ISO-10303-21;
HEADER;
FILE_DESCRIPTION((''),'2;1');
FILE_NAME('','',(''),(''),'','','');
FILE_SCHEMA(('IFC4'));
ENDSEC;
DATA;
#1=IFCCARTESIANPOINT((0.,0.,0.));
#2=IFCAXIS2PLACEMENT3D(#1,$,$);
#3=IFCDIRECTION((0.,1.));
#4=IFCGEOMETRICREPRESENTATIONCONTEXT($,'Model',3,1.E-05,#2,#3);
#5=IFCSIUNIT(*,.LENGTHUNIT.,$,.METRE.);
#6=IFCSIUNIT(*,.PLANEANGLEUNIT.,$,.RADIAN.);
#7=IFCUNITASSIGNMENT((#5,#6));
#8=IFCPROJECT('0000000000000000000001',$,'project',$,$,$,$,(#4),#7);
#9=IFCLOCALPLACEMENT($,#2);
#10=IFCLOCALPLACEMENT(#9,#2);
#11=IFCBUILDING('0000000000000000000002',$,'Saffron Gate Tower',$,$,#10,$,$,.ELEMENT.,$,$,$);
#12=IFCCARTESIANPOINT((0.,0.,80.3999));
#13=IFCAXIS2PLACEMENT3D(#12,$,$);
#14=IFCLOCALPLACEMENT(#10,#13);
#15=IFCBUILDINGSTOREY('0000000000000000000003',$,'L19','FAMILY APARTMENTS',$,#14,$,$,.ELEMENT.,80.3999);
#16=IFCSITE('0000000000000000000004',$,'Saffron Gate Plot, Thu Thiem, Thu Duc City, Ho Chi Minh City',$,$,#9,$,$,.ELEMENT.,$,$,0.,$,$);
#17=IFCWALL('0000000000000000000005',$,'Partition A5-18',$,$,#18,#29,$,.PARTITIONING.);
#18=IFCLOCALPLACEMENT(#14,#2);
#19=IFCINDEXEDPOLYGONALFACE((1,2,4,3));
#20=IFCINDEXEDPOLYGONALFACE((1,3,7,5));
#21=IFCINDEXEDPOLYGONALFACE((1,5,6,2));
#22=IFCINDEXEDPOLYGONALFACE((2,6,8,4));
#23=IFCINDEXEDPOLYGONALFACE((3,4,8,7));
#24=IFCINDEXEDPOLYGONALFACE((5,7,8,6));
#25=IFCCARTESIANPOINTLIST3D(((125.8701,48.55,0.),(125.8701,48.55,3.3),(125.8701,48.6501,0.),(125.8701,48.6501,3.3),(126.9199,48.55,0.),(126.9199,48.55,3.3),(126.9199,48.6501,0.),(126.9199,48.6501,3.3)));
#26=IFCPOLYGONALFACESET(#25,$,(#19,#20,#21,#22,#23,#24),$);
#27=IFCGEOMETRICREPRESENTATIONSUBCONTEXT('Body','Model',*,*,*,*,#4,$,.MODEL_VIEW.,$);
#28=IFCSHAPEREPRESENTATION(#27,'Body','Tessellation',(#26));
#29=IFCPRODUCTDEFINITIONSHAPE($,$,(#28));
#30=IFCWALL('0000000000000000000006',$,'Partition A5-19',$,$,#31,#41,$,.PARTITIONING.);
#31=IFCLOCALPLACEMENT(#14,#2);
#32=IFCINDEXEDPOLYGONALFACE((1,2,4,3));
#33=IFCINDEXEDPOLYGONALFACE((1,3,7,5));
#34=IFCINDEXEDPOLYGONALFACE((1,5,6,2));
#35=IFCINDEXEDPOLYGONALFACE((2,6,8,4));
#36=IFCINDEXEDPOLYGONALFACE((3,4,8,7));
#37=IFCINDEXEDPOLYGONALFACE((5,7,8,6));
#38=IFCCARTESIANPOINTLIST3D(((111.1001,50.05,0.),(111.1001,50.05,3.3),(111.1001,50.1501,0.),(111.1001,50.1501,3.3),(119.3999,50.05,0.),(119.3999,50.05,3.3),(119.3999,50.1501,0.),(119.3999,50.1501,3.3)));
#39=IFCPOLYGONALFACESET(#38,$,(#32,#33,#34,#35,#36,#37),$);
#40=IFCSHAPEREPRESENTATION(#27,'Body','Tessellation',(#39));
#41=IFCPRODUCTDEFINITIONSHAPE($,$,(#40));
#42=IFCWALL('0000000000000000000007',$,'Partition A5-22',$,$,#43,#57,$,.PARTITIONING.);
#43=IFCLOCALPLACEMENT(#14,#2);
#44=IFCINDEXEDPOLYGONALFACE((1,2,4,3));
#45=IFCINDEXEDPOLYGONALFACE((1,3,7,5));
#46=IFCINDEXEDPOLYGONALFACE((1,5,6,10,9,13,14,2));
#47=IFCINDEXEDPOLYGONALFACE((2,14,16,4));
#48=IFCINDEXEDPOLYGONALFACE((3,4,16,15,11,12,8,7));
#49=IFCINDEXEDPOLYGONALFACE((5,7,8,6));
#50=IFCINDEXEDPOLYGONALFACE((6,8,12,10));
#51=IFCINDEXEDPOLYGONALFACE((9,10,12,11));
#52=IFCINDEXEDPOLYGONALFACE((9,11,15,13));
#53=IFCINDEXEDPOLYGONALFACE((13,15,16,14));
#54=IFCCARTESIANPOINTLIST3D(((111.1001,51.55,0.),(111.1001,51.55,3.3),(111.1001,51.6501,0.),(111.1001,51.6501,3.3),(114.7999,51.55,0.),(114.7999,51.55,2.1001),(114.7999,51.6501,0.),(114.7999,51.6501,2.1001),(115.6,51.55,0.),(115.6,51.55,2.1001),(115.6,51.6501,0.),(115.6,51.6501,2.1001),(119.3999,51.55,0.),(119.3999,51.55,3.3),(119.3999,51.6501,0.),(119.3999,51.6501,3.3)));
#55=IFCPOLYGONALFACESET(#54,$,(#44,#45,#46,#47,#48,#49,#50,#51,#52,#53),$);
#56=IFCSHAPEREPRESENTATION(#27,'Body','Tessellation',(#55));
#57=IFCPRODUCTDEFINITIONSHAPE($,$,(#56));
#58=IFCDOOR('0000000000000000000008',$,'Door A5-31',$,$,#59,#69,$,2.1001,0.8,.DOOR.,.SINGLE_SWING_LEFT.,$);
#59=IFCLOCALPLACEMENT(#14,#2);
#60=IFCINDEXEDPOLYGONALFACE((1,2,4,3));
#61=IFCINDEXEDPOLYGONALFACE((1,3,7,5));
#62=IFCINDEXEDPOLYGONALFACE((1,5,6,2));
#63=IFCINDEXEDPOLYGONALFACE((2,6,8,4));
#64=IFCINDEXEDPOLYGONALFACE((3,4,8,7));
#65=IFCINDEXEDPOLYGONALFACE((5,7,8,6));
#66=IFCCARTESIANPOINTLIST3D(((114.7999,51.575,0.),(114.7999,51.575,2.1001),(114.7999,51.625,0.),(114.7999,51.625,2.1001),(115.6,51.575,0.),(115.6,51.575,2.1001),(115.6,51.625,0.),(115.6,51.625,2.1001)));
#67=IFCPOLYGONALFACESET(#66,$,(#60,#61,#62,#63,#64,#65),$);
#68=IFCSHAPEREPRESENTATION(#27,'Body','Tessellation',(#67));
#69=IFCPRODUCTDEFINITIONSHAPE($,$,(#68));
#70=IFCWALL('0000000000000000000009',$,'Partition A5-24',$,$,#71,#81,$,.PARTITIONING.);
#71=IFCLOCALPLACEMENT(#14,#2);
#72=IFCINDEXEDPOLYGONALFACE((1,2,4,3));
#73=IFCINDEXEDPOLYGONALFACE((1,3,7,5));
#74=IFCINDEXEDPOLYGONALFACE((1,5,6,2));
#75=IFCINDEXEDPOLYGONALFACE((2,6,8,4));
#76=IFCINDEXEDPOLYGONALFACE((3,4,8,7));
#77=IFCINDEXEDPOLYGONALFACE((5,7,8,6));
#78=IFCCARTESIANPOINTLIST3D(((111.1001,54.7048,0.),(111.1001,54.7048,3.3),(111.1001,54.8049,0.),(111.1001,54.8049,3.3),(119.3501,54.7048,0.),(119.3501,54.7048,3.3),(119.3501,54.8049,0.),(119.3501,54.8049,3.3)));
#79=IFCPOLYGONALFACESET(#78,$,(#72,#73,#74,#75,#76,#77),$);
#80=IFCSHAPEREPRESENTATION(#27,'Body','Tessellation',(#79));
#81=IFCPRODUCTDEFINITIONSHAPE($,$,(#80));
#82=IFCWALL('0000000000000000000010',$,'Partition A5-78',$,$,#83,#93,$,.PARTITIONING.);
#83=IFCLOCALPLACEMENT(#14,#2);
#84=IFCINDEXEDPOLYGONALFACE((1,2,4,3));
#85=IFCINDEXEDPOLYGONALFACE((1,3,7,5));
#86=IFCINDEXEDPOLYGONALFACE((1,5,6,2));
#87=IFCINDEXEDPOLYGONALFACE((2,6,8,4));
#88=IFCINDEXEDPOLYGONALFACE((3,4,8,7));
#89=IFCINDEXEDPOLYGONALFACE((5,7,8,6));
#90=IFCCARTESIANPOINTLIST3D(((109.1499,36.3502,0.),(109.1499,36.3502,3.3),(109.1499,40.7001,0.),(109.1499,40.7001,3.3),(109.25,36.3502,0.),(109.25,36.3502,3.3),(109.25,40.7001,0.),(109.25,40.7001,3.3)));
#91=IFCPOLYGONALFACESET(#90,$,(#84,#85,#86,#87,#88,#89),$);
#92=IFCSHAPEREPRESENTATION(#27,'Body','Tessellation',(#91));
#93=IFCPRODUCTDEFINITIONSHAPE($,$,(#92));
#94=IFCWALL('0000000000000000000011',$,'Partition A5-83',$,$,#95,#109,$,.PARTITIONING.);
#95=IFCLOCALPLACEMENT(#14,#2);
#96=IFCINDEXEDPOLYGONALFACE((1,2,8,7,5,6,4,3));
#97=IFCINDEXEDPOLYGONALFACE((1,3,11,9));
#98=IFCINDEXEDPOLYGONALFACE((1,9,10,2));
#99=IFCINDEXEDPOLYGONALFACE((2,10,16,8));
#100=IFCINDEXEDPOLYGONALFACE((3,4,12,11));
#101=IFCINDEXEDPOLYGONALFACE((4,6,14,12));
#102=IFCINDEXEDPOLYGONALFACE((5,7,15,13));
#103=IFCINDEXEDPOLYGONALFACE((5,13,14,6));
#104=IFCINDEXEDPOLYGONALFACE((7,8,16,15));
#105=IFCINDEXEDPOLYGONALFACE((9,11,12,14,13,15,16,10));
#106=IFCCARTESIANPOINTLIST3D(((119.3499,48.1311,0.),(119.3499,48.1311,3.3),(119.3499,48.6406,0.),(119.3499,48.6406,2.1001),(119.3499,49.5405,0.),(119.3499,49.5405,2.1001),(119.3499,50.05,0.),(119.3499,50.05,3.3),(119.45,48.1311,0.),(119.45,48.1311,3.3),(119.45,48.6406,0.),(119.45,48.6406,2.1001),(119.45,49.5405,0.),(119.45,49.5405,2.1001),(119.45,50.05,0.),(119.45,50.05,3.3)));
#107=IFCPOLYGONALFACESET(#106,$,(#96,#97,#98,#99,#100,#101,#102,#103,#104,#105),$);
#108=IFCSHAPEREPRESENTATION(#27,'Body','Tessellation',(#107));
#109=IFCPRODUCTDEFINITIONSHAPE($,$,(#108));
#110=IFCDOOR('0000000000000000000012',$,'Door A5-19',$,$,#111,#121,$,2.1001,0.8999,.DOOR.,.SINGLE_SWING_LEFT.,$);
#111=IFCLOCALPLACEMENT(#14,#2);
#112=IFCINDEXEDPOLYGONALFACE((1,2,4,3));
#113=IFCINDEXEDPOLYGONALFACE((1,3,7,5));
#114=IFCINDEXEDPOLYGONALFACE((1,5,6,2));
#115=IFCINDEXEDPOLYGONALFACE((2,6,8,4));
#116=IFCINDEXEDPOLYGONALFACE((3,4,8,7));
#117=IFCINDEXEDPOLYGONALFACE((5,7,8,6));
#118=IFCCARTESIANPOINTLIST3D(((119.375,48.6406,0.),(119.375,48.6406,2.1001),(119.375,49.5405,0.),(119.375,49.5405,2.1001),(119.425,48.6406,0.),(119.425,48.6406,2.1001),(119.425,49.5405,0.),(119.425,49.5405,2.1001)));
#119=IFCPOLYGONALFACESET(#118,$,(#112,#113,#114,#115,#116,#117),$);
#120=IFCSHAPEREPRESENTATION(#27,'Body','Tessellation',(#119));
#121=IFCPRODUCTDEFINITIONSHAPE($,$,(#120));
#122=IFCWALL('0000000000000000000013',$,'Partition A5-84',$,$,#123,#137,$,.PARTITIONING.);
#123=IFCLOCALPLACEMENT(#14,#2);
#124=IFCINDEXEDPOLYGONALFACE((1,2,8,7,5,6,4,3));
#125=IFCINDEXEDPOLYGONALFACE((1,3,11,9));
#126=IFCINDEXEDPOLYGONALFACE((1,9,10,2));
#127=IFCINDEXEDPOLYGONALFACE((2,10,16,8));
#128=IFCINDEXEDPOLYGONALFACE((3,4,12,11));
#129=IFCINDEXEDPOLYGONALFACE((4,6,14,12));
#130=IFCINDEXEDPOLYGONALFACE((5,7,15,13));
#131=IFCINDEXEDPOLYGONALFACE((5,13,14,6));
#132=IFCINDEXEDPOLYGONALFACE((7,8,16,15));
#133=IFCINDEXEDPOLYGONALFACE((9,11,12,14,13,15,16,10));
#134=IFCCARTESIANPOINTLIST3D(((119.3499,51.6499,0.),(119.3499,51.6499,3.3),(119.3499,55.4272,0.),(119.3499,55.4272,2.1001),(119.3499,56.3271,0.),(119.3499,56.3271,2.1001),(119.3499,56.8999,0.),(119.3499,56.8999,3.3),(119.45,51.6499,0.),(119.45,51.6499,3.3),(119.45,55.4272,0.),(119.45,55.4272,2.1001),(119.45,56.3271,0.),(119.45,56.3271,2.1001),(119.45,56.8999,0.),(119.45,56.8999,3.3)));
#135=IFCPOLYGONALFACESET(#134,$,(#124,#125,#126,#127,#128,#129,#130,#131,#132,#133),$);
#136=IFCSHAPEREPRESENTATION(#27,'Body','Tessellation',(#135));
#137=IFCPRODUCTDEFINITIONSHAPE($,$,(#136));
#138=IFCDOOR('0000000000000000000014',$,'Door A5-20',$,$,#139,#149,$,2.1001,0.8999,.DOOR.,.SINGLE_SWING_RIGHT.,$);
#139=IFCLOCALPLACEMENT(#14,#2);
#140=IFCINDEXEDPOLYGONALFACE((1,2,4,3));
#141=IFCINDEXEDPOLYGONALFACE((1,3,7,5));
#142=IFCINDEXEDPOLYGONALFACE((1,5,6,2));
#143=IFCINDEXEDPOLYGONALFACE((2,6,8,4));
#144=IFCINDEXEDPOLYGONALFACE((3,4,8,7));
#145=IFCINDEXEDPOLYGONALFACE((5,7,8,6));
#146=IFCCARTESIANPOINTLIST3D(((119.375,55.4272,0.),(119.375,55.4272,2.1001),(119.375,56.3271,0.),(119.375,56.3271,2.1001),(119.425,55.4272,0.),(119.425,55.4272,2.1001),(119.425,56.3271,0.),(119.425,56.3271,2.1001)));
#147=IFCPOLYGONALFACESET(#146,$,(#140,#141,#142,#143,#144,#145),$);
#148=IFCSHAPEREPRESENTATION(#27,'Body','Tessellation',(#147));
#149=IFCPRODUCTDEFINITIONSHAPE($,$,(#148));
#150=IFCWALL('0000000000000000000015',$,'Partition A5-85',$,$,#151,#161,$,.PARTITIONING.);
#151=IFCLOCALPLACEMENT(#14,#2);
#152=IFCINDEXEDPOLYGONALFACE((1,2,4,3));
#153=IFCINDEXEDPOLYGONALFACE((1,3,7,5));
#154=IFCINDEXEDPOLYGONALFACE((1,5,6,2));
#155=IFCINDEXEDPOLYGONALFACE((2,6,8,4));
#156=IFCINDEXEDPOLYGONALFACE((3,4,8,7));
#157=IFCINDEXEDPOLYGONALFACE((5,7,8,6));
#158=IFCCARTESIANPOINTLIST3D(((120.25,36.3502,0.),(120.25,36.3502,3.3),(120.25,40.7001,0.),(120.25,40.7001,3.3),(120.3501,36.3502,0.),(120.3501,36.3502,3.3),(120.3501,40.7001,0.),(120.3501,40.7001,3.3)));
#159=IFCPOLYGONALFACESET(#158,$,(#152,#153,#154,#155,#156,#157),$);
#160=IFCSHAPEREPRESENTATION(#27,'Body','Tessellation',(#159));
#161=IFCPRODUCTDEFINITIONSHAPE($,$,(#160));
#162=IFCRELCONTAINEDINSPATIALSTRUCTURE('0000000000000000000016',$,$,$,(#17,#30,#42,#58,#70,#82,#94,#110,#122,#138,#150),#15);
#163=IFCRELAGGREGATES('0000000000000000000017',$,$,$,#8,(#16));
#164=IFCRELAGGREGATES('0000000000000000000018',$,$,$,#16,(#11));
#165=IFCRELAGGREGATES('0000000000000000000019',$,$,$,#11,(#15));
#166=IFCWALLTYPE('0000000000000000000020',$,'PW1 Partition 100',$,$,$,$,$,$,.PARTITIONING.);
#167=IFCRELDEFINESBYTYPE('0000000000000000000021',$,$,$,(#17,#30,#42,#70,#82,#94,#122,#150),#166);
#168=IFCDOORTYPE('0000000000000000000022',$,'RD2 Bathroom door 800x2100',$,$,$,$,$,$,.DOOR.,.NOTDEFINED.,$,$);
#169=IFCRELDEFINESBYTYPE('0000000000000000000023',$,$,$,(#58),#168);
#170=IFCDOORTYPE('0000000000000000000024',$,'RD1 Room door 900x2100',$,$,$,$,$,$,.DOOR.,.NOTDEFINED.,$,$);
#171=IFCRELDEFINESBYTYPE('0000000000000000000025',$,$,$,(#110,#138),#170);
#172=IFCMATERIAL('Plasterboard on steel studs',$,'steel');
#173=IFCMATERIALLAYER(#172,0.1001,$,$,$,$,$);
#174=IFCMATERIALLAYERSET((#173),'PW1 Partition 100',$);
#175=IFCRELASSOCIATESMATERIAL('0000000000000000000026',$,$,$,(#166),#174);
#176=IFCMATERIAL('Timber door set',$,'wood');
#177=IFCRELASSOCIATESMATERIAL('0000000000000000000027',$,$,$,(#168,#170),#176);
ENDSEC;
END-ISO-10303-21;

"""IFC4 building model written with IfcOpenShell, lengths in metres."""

from ifc_helpers import new_model, si_unit, direction, frame, frame_2d, origin, place, context, subcontext, project, spatial, rectangle, extrude, material, layer, layer_set, type_object, element, fill, save


model = new_model("IFC4")

# Units and contexts
model_context = context("Model", 3, precision=1e-05, world=origin(), true_north=direction((0.0, 1.0)))
body_context = subcontext(model_context, "Body", "Model", "MODEL_VIEW")
ifc_project = project(units=[si_unit("LENGTHUNIT", "METRE"), si_unit("PLANEANGLEUNIT", "RADIAN")], contexts=[model_context])

# Site, building, storey
site_placement = place(None, origin())
site = spatial("IfcSite", under=ifc_project, at=site_placement, Name="Saffron Gate Plot, Thu Thiem, Thu Duc City, Ho Chi Minh City", CompositionType="ELEMENT", RefElevation=0.0)
building_placement = place(site_placement, origin())
building = spatial("IfcBuilding", under=site, at=building_placement, Name="Saffron Gate Tower", CompositionType="ELEMENT")
storey_placement = place(building_placement, frame((0.0, 0.0, 80.3999)))
storey = spatial("IfcBuildingStorey", under=building, at=storey_placement, Name="L19", Description="FAMILY APARTMENTS", CompositionType="ELEMENT", Elevation=80.3999)

# Walls
ifc_material_1 = material(Name="Plasterboard on steel studs", Category="steel")
ifc_layer_1 = layer(ifc_material_1, 0.1001)
ifc_layer_set_1 = layer_set([ifc_layer_1], Name="PW1 Partition 100")
wall_type_1 = type_object("IfcWallType", Name="PW1 Partition 100", PredefinedType="PARTITIONING", material=ifc_layer_set_1)
wall_1_placement = place(storey_placement, frame((125.8701, 48.6001, 0.0), z_axis=(0.0, 0.0, 1.0), x_axis=(1.0, 0.0, 0.0)))
element("IfcWall", 1, at=wall_1_placement, inside=storey, type_object=wall_type_1, Name="Partition A5-18", PredefinedType="PARTITIONING", context=body_context, shape_type="SweptSolid", body=[
    extrude(rectangle(XDim=1.0498, YDim=0.1001, at=frame_2d((0.5249, 0.0))), origin(), (0.0, 0.0, 1.0), 3.3),
])
wall_2_placement = place(storey_placement, frame((111.1001, 50.1001, 0.0), z_axis=(0.0, 0.0, 1.0), x_axis=(1.0, 0.0, 0.0)))
element("IfcWall", 2, at=wall_2_placement, inside=storey, type_object=wall_type_1, Name="Partition A5-19", PredefinedType="PARTITIONING", context=body_context, shape_type="SweptSolid", body=[
    extrude(rectangle(XDim=8.2998, YDim=0.1001, at=frame_2d((4.1499, 0.0))), origin(), (0.0, 0.0, 1.0), 3.3),
])

# Wall, opening, door
wall_3_placement = place(storey_placement, frame((111.1001, 51.6001, 0.0), z_axis=(0.0, 0.0, 1.0), x_axis=(1.0, 0.0, 0.0)))
wall_3 = element("IfcWall", 3, at=wall_3_placement, inside=storey, type_object=wall_type_1, Name="Partition A5-22", PredefinedType="PARTITIONING", context=body_context, shape_type="SweptSolid", body=[
    extrude(rectangle(XDim=8.2998, YDim=0.1001, at=frame_2d((4.1499, 0.0))), origin(), (0.0, 0.0, 1.0), 3.3),
])
opening_1_placement = place(wall_3_placement, frame((3.7, 0.0, 0.0)))
opening_1 = element("IfcOpeningElement", 4, at=opening_1_placement, cuts=wall_3, PredefinedType="OPENING", context=body_context, shape_type="SweptSolid", body=[
    extrude(rectangle(XDim=0.8, YDim=2.1001, at=frame_2d((0.3999, 1.05))), frame((0.0, 0.0601, 0.0), z_axis=(0.0, -1.0, 0.0), x_axis=(1.0, 0.0, 0.0)), (0.0, 0.0, 1.0), 0.1201),
])
ifc_material_2 = material(Name="Timber door set", Category="wood")
door_type_1 = type_object("IfcDoorType", Name="RD2 Bathroom door 800x2100", OperationType="NOTDEFINED", PredefinedType="DOOR", material=ifc_material_2)
door_1_placement = place(opening_1_placement, origin())
door_1 = element("IfcDoor", 5, at=door_1_placement, inside=storey, type_object=door_type_1, Name="Door A5-31", OperationType="SINGLE_SWING_LEFT", OverallHeight=2.1001, OverallWidth=0.8, PredefinedType="DOOR", context=body_context, shape_type="SweptSolid", body=[
    extrude(rectangle(XDim=0.8, YDim=2.1001, at=frame_2d((0.3999, 1.05))), frame((0.0, 0.0249, 0.0), z_axis=(0.0, -1.0, 0.0), x_axis=(1.0, 0.0, 0.0)), (0.0, 0.0, 1.0), 0.05),
])
fill(opening_1, door_1)

# Walls
wall_4_placement = place(storey_placement, frame((111.1001, 54.7549, 0.0), z_axis=(0.0, 0.0, 1.0), x_axis=(1.0, 0.0, 0.0)))
element("IfcWall", 6, at=wall_4_placement, inside=storey, type_object=wall_type_1, Name="Partition A5-24", PredefinedType="PARTITIONING", context=body_context, shape_type="SweptSolid", body=[
    extrude(rectangle(XDim=8.25, YDim=0.1001, at=frame_2d((4.125, 0.0))), origin(), (0.0, 0.0, 1.0), 3.3),
])
wall_5_placement = place(storey_placement, frame((109.2, 40.7, 0.0), z_axis=(0.0, 0.0, 1.0), x_axis=(0.0, -1.0, 0.0)))
element("IfcWall", 7, at=wall_5_placement, inside=storey, type_object=wall_type_1, Name="Partition A5-78", PredefinedType="PARTITIONING", context=body_context, shape_type="SweptSolid", body=[
    extrude(rectangle(XDim=4.3499, YDim=0.1001, at=frame_2d((2.1748, 0.0))), origin(), (0.0, 0.0, 1.0), 3.3),
])

# Walls, openings, doors
wall_6_placement = place(storey_placement, frame((119.3999, 48.1311, 0.0), z_axis=(0.0, 0.0, 1.0), x_axis=(0.0, 1.0, 0.0)))
wall_6 = element("IfcWall", 8, at=wall_6_placement, inside=storey, type_object=wall_type_1, Name="Partition A5-83", PredefinedType="PARTITIONING", context=body_context, shape_type="SweptSolid", body=[
    extrude(rectangle(XDim=1.9189, YDim=0.1001, at=frame_2d((0.9595, 0.0))), origin(), (0.0, 0.0, 1.0), 3.3),
])
opening_2_placement = place(wall_6_placement, frame((0.5095, 0.0, 0.0)))
opening_2 = element("IfcOpeningElement", 9, at=opening_2_placement, cuts=wall_6, PredefinedType="OPENING", context=body_context, shape_type="SweptSolid", body=[
    extrude(rectangle(XDim=0.8999, YDim=2.1001, at=frame_2d((0.45, 1.05))), frame((0.0, 0.0601, 0.0), z_axis=(0.0, -1.0, 0.0), x_axis=(1.0, 0.0, 0.0)), (0.0, 0.0, 1.0), 0.1201),
])
door_type_2 = type_object("IfcDoorType", Name="RD1 Room door 900x2100", OperationType="NOTDEFINED", PredefinedType="DOOR", material=ifc_material_2)
door_2_placement = place(opening_2_placement, origin())
door_2 = element("IfcDoor", 10, at=door_2_placement, inside=storey, type_object=door_type_2, Name="Door A5-19", OperationType="SINGLE_SWING_LEFT", OverallHeight=2.1001, OverallWidth=0.8999, PredefinedType="DOOR", context=body_context, shape_type="SweptSolid", body=[
    extrude(rectangle(XDim=0.8999, YDim=2.1001, at=frame_2d((0.45, 1.05))), frame((0.0, 0.0249, 0.0), z_axis=(0.0, -1.0, 0.0), x_axis=(1.0, 0.0, 0.0)), (0.0, 0.0, 1.0), 0.05),
])
fill(opening_2, door_2)
wall_7_placement = place(storey_placement, frame((119.3999, 51.6499, 0.0), z_axis=(0.0, 0.0, 1.0), x_axis=(0.0, 1.0, 0.0)))
wall_7 = element("IfcWall", 11, at=wall_7_placement, inside=storey, type_object=wall_type_1, Name="Partition A5-84", PredefinedType="PARTITIONING", context=body_context, shape_type="SweptSolid", body=[
    extrude(rectangle(XDim=5.25, YDim=0.1001, at=frame_2d((2.625, 0.0))), origin(), (0.0, 0.0, 1.0), 3.3),
])
opening_3_placement = place(wall_7_placement, frame((3.7773, 0.0, 0.0)))
opening_3 = element("IfcOpeningElement", 12, at=opening_3_placement, cuts=wall_7, PredefinedType="OPENING", context=body_context, shape_type="SweptSolid", body=[
    extrude(rectangle(XDim=0.8999, YDim=2.1001, at=frame_2d((0.45, 1.05))), frame((0.0, 0.0601, 0.0), z_axis=(0.0, -1.0, 0.0), x_axis=(1.0, 0.0, 0.0)), (0.0, 0.0, 1.0), 0.1201),
])
door_3_placement = place(opening_3_placement, origin())
door_3 = element("IfcDoor", 13, at=door_3_placement, inside=storey, type_object=door_type_2, Name="Door A5-20", OperationType="SINGLE_SWING_RIGHT", OverallHeight=2.1001, OverallWidth=0.8999, PredefinedType="DOOR", context=body_context, shape_type="SweptSolid", body=[
    extrude(rectangle(XDim=0.8999, YDim=2.1001, at=frame_2d((0.45, 1.05))), frame((0.0, 0.0249, 0.0), z_axis=(0.0, -1.0, 0.0), x_axis=(1.0, 0.0, 0.0)), (0.0, 0.0, 1.0), 0.05),
])
fill(opening_3, door_3)

# Wall
wall_8_placement = place(storey_placement, frame((120.3, 40.7, 0.0), z_axis=(0.0, 0.0, 1.0), x_axis=(0.0, -1.0, 0.0)))
element("IfcWall", 14, at=wall_8_placement, inside=storey, type_object=wall_type_1, Name="Partition A5-85", PredefinedType="PARTITIONING", context=body_context, shape_type="SweptSolid", body=[
    extrude(rectangle(XDim=4.3499, YDim=0.1001, at=frame_2d((2.1748, 0.0))), origin(), (0.0, 0.0, 1.0), 3.3),
])

save(model, "model.ifc")
